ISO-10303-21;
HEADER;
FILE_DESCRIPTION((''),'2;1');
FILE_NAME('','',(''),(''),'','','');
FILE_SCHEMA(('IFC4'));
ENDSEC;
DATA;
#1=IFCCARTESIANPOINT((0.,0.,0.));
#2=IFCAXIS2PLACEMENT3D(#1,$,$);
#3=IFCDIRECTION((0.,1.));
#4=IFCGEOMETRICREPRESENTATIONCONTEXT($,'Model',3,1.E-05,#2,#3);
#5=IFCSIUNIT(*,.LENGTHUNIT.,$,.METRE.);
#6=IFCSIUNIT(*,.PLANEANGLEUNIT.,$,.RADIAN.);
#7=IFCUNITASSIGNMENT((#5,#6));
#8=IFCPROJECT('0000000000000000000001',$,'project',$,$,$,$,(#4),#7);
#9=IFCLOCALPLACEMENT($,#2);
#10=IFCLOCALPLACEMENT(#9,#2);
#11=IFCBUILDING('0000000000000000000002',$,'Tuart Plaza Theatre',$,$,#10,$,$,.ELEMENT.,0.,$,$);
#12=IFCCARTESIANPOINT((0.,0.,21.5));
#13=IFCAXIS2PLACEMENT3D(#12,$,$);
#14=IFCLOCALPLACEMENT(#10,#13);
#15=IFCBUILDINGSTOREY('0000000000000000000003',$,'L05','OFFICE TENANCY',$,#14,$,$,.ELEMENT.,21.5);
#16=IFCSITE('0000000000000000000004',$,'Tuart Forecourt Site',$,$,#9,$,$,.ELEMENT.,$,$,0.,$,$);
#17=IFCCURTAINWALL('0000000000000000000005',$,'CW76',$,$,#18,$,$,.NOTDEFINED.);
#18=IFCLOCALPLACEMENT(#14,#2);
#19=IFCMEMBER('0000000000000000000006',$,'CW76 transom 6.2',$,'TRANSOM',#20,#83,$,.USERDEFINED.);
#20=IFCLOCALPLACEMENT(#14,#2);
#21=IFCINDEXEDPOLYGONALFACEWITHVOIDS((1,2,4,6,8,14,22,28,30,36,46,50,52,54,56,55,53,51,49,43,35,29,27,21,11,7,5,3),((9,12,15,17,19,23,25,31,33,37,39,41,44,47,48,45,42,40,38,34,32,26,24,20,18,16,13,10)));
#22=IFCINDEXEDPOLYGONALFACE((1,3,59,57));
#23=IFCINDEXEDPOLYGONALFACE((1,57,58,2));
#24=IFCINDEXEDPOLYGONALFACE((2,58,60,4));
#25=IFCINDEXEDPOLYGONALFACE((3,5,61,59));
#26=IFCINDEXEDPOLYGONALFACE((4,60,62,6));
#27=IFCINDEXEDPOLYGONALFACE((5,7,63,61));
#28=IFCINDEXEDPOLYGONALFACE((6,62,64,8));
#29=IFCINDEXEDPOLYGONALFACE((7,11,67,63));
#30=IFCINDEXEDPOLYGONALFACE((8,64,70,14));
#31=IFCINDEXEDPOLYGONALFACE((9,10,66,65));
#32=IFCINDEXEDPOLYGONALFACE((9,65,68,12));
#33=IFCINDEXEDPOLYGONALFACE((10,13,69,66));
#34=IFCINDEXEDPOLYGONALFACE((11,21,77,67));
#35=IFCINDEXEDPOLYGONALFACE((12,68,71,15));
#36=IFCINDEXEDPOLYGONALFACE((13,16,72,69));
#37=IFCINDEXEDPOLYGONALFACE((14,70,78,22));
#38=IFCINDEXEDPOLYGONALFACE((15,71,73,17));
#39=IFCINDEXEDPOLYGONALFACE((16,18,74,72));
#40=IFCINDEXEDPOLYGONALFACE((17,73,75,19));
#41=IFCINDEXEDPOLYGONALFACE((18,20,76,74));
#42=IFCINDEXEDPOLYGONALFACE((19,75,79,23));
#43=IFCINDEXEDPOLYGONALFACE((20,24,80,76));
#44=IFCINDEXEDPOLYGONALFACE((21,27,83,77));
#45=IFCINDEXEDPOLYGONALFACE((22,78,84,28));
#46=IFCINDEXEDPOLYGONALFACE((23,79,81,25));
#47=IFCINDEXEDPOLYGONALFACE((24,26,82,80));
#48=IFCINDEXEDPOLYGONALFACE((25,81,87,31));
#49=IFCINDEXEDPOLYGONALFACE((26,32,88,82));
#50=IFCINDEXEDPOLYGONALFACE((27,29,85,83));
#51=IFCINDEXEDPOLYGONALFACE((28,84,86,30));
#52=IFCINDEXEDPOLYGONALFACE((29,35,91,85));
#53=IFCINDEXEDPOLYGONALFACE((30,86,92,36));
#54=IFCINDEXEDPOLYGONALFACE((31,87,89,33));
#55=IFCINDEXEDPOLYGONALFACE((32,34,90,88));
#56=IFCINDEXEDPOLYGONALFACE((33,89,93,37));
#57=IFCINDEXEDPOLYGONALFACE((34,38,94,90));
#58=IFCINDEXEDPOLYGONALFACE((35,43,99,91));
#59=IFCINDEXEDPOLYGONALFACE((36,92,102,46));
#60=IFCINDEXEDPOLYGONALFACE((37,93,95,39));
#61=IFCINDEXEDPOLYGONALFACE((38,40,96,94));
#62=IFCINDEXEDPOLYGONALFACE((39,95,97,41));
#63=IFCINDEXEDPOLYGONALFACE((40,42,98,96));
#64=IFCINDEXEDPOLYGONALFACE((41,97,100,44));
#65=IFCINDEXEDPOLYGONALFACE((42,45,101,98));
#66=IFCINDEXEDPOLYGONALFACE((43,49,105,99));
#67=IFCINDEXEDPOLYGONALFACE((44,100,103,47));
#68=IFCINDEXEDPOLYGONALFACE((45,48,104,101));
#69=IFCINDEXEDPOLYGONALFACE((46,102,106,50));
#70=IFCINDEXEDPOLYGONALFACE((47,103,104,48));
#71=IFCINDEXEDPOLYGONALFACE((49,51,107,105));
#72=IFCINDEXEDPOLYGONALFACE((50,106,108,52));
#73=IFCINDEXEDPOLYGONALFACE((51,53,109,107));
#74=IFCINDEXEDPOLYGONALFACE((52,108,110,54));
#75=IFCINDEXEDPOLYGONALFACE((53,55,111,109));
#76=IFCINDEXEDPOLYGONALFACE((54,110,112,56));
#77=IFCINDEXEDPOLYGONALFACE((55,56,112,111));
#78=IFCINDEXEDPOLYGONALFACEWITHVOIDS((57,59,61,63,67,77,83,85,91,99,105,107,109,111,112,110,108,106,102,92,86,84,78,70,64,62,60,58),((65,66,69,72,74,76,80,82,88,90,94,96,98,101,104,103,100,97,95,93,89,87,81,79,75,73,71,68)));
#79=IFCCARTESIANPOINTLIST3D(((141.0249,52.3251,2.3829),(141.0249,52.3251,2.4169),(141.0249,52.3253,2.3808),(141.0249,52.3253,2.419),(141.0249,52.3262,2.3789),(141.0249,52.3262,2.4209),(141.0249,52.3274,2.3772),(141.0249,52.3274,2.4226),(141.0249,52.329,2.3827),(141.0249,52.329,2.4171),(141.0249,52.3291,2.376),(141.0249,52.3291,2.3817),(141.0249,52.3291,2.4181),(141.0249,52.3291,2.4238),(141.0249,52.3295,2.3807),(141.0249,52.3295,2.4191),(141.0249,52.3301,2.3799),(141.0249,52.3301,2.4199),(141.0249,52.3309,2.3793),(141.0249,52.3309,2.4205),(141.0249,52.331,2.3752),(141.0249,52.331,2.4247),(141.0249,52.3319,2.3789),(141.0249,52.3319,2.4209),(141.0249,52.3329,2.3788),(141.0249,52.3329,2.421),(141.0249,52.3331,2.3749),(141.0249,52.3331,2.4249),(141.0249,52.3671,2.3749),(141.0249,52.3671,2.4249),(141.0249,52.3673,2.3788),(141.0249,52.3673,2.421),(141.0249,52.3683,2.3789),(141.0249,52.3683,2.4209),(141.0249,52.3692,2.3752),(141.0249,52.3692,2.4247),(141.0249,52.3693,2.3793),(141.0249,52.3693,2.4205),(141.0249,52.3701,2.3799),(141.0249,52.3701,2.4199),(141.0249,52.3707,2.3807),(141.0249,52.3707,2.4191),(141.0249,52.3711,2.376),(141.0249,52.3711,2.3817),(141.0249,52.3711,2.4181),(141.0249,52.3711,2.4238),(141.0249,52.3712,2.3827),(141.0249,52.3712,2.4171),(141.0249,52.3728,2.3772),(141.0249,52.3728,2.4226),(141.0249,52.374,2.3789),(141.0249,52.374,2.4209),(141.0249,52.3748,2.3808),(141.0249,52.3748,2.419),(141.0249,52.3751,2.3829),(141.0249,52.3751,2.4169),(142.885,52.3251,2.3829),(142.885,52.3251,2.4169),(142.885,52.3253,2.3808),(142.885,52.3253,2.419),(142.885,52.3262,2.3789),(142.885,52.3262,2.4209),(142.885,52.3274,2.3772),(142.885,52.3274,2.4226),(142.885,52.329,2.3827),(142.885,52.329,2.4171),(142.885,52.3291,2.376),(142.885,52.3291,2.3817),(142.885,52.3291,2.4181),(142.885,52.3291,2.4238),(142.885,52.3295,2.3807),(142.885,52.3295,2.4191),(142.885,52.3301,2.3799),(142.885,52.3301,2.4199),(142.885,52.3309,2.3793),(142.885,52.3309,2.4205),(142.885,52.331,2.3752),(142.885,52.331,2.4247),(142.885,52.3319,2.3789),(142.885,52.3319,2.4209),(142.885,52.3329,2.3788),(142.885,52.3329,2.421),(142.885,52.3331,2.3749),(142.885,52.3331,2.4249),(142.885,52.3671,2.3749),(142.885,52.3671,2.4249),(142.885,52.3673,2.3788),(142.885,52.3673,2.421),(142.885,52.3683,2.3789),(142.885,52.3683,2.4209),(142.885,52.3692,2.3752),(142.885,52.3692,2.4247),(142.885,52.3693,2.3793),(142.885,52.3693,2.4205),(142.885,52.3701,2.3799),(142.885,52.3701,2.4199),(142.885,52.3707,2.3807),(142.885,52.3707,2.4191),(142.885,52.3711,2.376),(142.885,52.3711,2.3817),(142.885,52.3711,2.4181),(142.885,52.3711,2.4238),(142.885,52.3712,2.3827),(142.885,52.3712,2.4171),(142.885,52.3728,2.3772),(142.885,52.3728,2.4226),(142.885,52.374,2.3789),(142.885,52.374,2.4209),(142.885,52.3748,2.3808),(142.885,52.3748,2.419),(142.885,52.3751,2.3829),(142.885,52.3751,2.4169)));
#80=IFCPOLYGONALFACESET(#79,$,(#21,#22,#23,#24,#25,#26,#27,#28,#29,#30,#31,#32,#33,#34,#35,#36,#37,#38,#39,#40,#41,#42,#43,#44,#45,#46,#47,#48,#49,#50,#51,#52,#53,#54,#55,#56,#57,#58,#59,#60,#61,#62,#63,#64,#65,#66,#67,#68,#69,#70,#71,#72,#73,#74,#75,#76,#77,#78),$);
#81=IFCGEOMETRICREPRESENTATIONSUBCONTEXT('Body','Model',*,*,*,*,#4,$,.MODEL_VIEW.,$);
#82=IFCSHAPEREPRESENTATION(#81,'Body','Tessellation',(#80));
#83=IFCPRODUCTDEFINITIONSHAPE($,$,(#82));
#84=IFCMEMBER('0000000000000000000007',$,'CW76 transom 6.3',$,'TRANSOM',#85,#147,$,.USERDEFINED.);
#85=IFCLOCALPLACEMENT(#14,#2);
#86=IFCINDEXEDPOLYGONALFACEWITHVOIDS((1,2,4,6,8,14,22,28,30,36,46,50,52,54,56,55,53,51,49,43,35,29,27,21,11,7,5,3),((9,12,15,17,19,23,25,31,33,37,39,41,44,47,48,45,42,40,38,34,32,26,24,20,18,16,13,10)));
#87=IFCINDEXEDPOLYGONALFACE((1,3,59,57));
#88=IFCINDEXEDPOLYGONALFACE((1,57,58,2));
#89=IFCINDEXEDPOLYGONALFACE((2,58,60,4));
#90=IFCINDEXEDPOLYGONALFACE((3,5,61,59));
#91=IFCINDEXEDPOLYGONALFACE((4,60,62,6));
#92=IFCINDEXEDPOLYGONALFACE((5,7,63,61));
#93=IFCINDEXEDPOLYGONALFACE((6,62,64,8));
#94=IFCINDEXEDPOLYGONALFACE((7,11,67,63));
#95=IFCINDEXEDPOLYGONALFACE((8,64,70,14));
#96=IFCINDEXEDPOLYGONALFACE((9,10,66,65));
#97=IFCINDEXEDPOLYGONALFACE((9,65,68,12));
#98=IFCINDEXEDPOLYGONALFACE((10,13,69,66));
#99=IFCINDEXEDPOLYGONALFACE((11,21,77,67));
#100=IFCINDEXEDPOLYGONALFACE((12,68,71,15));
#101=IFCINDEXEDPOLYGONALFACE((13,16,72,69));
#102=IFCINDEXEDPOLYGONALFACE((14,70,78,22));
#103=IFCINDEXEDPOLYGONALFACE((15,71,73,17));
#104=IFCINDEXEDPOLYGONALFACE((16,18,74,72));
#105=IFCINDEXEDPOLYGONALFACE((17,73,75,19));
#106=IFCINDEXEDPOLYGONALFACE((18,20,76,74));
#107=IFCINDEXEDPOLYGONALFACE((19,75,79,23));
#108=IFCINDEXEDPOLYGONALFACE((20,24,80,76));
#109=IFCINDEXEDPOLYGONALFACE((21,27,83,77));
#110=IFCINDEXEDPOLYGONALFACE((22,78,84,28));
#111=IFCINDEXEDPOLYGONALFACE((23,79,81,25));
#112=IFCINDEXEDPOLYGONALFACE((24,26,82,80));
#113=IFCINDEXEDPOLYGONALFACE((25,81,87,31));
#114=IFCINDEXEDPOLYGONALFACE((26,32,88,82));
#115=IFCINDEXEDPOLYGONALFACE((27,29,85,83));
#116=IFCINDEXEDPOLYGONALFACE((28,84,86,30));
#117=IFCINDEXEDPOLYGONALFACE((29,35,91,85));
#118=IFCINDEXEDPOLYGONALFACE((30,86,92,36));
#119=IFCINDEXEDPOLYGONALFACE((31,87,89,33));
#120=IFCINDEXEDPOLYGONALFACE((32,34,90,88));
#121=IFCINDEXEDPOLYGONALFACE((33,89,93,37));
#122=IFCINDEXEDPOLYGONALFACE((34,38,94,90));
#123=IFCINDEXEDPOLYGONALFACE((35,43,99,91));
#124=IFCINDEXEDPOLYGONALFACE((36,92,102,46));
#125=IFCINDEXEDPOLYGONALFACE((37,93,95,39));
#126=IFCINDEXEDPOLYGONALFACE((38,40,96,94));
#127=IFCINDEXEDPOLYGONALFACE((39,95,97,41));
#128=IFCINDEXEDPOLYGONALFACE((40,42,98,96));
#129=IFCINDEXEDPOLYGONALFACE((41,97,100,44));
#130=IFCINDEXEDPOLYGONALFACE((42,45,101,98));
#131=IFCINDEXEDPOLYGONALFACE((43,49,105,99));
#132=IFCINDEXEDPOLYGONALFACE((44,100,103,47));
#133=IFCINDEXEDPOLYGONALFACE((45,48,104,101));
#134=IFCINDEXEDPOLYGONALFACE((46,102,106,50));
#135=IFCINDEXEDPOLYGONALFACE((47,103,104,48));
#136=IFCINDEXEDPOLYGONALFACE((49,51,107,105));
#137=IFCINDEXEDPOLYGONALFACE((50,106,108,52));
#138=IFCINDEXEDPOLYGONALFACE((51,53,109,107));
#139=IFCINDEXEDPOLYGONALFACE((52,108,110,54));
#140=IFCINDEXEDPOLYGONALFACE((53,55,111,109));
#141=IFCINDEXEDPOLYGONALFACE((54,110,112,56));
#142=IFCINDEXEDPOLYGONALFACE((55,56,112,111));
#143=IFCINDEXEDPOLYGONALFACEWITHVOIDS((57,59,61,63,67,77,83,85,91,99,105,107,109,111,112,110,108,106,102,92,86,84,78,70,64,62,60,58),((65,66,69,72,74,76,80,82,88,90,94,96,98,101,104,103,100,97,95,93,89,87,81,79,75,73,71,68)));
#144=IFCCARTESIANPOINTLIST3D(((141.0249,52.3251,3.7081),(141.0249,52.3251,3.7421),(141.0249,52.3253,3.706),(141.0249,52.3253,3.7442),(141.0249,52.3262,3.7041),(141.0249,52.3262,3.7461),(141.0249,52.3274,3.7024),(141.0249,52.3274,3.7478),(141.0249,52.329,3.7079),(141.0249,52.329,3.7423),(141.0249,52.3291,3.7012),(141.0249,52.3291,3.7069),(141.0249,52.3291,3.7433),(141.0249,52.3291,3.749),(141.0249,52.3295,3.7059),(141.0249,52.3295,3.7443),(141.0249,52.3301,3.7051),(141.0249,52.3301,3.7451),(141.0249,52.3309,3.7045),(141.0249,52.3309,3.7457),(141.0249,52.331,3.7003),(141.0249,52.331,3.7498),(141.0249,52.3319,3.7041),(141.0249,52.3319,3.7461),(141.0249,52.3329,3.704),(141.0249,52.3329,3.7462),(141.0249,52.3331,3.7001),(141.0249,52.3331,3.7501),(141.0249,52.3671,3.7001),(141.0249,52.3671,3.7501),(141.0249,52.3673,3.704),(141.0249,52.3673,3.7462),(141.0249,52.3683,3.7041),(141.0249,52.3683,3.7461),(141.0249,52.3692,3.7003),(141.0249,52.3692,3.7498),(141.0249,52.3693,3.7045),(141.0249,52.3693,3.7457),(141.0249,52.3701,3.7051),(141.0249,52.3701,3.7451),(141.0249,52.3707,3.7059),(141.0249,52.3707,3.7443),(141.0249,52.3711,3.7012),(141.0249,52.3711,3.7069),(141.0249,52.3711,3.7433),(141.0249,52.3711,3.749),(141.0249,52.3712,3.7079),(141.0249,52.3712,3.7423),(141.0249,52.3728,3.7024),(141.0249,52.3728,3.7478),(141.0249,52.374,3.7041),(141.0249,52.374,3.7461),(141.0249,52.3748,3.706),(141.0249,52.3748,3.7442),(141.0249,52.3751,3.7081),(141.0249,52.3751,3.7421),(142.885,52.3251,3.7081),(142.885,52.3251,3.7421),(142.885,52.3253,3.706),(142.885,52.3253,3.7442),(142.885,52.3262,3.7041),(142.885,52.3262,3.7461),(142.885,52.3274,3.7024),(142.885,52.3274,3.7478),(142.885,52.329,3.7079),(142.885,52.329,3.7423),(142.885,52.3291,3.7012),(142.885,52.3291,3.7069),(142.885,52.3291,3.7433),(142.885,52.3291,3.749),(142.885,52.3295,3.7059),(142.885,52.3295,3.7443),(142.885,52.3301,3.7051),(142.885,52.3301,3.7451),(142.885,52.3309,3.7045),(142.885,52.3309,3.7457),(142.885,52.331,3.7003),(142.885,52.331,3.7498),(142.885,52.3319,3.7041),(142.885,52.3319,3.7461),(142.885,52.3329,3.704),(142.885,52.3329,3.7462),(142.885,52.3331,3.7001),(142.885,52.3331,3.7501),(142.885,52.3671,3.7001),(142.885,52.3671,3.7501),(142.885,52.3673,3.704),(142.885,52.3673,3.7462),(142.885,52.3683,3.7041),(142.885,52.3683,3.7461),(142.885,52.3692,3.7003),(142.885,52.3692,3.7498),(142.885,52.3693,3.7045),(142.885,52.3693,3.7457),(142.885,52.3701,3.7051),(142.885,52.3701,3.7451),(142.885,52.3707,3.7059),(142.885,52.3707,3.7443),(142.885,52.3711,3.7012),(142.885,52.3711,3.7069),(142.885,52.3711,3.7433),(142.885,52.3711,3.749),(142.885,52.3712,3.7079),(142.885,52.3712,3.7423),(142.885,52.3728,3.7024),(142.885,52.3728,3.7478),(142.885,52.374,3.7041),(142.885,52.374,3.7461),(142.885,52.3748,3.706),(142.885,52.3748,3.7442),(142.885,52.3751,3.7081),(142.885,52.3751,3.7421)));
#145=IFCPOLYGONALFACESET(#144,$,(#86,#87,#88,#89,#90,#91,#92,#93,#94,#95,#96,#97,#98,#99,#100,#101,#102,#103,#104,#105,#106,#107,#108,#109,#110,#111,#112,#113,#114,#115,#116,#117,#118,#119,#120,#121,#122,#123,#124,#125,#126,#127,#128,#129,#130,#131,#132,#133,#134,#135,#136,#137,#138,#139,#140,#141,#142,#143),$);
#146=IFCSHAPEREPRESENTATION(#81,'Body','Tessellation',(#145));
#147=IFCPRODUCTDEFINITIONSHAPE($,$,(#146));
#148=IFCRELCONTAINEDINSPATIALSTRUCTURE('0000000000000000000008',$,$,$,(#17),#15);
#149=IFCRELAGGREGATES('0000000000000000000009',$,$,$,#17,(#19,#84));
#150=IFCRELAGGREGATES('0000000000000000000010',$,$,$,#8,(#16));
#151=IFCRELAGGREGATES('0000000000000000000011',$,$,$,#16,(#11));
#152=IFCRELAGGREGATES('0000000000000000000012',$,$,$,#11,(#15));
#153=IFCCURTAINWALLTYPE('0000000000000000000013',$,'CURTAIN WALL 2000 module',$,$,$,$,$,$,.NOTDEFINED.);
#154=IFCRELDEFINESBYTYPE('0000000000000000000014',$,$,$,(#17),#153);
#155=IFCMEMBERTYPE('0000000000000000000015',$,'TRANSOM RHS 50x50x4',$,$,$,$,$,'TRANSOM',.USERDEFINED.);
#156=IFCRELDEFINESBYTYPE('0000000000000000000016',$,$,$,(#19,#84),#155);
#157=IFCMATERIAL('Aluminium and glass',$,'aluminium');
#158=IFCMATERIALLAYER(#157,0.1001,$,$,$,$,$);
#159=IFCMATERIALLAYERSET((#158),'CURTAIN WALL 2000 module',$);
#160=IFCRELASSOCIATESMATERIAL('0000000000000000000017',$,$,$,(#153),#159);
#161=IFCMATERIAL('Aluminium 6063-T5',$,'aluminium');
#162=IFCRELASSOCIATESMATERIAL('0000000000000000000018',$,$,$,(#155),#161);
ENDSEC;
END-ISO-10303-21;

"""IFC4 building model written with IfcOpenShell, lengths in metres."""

from ifc_helpers import new_model, si_unit, direction, frame, origin, origin_2d, place, context, subcontext, project, spatial, hollow_rectangle, extrude, material, layer, layer_set, material_profile, profile_set, type_object, element, aggregate, save


model = new_model("IFC4")

# Units and contexts
model_context = context("Model", 3, precision=1e-05, world=origin(), true_north=direction((0.0, 1.0)))
body_context = subcontext(model_context, "Body", "Model", "MODEL_VIEW")
ifc_project = project(units=[si_unit("LENGTHUNIT", "METRE"), si_unit("PLANEANGLEUNIT", "RADIAN")], contexts=[model_context])

# Site, building, storey
site_placement = place(None, origin())
site = spatial("IfcSite", under=ifc_project, at=site_placement, Name="Tuart Forecourt Site", CompositionType="ELEMENT", RefElevation=0.0)
building_placement = place(site_placement, origin())
building = spatial("IfcBuilding", under=site, at=building_placement, Name="Tuart Plaza Theatre", CompositionType="ELEMENT", ElevationOfRefHeight=0.0)
storey_placement = place(building_placement, frame((0.0, 0.0, 21.5)))
storey = spatial("IfcBuildingStorey", under=building, at=storey_placement, Name="L05", Description="OFFICE TENANCY", CompositionType="ELEMENT", Elevation=21.5)

# Curtain wall, members
ifc_material_1 = material(Name="Aluminium and glass", Category="aluminium")
ifc_layer_1 = layer(ifc_material_1, 0.1001)
ifc_layer_set_1 = layer_set([ifc_layer_1], Name="CURTAIN WALL 2000 module")
curtain_wall_type = type_object("IfcCurtainWallType", Name="CURTAIN WALL 2000 module", PredefinedType="NOTDEFINED", material=ifc_layer_set_1)
curtain_wall_placement = place(storey_placement, origin())
curtain_wall = element("IfcCurtainWall", 1, at=curtain_wall_placement, inside=storey, type_object=curtain_wall_type, Name="CW76", PredefinedType="NOTDEFINED")
ifc_material_2 = material(Name="Aluminium 6063-T5", Category="aluminium")
ifc_material_profile_1 = material_profile(ifc_material_2, hollow_rectangle(XDim=0.05, YDim=0.05, WallThickness=0.0039, InnerFilletRadius=0.0039, OuterFilletRadius=0.0081, at=origin_2d()), Name="RHS 50x50x4")
ifc_profile_set_1 = profile_set([ifc_material_profile_1], Name="Aluminium 6063-T5")
member_type_1 = type_object("IfcMemberType", Name="TRANSOM RHS 50x50x4", ElementType="TRANSOM", PredefinedType="USERDEFINED", material=ifc_profile_set_1)
member_1_placement = place(storey_placement, frame((141.0249, 52.3501, 2.3999), z_axis=(1.0, 0.0, 0.0), x_axis=(0.0, 1.0, 0.0)))
member_1 = element("IfcMember", 2, at=member_1_placement, type_object=member_type_1, Name="CW76 transom 6.2", ObjectType="TRANSOM", PredefinedType="USERDEFINED", context=body_context, shape_type="SweptSolid", body=[
    extrude(hollow_rectangle(XDim=0.05, YDim=0.05, WallThickness=0.0039, InnerFilletRadius=0.0039, OuterFilletRadius=0.0081, at=origin_2d()), origin(), (0.0, 0.0, 1.0), 1.8601),
])
member_2_placement = place(storey_placement, frame((141.0249, 52.3501, 3.7251), z_axis=(1.0, 0.0, 0.0), x_axis=(0.0, 1.0, 0.0)))
member_2 = element("IfcMember", 3, at=member_2_placement, type_object=member_type_1, Name="CW76 transom 6.3", ObjectType="TRANSOM", PredefinedType="USERDEFINED", context=body_context, shape_type="SweptSolid", body=[
    extrude(hollow_rectangle(XDim=0.05, YDim=0.05, WallThickness=0.0039, InnerFilletRadius=0.0039, OuterFilletRadius=0.0081, at=origin_2d()), origin(), (0.0, 0.0, 1.0), 1.8601),
])
aggregate(curtain_wall, [member_1, member_2])

save(model, "model.ifc")
